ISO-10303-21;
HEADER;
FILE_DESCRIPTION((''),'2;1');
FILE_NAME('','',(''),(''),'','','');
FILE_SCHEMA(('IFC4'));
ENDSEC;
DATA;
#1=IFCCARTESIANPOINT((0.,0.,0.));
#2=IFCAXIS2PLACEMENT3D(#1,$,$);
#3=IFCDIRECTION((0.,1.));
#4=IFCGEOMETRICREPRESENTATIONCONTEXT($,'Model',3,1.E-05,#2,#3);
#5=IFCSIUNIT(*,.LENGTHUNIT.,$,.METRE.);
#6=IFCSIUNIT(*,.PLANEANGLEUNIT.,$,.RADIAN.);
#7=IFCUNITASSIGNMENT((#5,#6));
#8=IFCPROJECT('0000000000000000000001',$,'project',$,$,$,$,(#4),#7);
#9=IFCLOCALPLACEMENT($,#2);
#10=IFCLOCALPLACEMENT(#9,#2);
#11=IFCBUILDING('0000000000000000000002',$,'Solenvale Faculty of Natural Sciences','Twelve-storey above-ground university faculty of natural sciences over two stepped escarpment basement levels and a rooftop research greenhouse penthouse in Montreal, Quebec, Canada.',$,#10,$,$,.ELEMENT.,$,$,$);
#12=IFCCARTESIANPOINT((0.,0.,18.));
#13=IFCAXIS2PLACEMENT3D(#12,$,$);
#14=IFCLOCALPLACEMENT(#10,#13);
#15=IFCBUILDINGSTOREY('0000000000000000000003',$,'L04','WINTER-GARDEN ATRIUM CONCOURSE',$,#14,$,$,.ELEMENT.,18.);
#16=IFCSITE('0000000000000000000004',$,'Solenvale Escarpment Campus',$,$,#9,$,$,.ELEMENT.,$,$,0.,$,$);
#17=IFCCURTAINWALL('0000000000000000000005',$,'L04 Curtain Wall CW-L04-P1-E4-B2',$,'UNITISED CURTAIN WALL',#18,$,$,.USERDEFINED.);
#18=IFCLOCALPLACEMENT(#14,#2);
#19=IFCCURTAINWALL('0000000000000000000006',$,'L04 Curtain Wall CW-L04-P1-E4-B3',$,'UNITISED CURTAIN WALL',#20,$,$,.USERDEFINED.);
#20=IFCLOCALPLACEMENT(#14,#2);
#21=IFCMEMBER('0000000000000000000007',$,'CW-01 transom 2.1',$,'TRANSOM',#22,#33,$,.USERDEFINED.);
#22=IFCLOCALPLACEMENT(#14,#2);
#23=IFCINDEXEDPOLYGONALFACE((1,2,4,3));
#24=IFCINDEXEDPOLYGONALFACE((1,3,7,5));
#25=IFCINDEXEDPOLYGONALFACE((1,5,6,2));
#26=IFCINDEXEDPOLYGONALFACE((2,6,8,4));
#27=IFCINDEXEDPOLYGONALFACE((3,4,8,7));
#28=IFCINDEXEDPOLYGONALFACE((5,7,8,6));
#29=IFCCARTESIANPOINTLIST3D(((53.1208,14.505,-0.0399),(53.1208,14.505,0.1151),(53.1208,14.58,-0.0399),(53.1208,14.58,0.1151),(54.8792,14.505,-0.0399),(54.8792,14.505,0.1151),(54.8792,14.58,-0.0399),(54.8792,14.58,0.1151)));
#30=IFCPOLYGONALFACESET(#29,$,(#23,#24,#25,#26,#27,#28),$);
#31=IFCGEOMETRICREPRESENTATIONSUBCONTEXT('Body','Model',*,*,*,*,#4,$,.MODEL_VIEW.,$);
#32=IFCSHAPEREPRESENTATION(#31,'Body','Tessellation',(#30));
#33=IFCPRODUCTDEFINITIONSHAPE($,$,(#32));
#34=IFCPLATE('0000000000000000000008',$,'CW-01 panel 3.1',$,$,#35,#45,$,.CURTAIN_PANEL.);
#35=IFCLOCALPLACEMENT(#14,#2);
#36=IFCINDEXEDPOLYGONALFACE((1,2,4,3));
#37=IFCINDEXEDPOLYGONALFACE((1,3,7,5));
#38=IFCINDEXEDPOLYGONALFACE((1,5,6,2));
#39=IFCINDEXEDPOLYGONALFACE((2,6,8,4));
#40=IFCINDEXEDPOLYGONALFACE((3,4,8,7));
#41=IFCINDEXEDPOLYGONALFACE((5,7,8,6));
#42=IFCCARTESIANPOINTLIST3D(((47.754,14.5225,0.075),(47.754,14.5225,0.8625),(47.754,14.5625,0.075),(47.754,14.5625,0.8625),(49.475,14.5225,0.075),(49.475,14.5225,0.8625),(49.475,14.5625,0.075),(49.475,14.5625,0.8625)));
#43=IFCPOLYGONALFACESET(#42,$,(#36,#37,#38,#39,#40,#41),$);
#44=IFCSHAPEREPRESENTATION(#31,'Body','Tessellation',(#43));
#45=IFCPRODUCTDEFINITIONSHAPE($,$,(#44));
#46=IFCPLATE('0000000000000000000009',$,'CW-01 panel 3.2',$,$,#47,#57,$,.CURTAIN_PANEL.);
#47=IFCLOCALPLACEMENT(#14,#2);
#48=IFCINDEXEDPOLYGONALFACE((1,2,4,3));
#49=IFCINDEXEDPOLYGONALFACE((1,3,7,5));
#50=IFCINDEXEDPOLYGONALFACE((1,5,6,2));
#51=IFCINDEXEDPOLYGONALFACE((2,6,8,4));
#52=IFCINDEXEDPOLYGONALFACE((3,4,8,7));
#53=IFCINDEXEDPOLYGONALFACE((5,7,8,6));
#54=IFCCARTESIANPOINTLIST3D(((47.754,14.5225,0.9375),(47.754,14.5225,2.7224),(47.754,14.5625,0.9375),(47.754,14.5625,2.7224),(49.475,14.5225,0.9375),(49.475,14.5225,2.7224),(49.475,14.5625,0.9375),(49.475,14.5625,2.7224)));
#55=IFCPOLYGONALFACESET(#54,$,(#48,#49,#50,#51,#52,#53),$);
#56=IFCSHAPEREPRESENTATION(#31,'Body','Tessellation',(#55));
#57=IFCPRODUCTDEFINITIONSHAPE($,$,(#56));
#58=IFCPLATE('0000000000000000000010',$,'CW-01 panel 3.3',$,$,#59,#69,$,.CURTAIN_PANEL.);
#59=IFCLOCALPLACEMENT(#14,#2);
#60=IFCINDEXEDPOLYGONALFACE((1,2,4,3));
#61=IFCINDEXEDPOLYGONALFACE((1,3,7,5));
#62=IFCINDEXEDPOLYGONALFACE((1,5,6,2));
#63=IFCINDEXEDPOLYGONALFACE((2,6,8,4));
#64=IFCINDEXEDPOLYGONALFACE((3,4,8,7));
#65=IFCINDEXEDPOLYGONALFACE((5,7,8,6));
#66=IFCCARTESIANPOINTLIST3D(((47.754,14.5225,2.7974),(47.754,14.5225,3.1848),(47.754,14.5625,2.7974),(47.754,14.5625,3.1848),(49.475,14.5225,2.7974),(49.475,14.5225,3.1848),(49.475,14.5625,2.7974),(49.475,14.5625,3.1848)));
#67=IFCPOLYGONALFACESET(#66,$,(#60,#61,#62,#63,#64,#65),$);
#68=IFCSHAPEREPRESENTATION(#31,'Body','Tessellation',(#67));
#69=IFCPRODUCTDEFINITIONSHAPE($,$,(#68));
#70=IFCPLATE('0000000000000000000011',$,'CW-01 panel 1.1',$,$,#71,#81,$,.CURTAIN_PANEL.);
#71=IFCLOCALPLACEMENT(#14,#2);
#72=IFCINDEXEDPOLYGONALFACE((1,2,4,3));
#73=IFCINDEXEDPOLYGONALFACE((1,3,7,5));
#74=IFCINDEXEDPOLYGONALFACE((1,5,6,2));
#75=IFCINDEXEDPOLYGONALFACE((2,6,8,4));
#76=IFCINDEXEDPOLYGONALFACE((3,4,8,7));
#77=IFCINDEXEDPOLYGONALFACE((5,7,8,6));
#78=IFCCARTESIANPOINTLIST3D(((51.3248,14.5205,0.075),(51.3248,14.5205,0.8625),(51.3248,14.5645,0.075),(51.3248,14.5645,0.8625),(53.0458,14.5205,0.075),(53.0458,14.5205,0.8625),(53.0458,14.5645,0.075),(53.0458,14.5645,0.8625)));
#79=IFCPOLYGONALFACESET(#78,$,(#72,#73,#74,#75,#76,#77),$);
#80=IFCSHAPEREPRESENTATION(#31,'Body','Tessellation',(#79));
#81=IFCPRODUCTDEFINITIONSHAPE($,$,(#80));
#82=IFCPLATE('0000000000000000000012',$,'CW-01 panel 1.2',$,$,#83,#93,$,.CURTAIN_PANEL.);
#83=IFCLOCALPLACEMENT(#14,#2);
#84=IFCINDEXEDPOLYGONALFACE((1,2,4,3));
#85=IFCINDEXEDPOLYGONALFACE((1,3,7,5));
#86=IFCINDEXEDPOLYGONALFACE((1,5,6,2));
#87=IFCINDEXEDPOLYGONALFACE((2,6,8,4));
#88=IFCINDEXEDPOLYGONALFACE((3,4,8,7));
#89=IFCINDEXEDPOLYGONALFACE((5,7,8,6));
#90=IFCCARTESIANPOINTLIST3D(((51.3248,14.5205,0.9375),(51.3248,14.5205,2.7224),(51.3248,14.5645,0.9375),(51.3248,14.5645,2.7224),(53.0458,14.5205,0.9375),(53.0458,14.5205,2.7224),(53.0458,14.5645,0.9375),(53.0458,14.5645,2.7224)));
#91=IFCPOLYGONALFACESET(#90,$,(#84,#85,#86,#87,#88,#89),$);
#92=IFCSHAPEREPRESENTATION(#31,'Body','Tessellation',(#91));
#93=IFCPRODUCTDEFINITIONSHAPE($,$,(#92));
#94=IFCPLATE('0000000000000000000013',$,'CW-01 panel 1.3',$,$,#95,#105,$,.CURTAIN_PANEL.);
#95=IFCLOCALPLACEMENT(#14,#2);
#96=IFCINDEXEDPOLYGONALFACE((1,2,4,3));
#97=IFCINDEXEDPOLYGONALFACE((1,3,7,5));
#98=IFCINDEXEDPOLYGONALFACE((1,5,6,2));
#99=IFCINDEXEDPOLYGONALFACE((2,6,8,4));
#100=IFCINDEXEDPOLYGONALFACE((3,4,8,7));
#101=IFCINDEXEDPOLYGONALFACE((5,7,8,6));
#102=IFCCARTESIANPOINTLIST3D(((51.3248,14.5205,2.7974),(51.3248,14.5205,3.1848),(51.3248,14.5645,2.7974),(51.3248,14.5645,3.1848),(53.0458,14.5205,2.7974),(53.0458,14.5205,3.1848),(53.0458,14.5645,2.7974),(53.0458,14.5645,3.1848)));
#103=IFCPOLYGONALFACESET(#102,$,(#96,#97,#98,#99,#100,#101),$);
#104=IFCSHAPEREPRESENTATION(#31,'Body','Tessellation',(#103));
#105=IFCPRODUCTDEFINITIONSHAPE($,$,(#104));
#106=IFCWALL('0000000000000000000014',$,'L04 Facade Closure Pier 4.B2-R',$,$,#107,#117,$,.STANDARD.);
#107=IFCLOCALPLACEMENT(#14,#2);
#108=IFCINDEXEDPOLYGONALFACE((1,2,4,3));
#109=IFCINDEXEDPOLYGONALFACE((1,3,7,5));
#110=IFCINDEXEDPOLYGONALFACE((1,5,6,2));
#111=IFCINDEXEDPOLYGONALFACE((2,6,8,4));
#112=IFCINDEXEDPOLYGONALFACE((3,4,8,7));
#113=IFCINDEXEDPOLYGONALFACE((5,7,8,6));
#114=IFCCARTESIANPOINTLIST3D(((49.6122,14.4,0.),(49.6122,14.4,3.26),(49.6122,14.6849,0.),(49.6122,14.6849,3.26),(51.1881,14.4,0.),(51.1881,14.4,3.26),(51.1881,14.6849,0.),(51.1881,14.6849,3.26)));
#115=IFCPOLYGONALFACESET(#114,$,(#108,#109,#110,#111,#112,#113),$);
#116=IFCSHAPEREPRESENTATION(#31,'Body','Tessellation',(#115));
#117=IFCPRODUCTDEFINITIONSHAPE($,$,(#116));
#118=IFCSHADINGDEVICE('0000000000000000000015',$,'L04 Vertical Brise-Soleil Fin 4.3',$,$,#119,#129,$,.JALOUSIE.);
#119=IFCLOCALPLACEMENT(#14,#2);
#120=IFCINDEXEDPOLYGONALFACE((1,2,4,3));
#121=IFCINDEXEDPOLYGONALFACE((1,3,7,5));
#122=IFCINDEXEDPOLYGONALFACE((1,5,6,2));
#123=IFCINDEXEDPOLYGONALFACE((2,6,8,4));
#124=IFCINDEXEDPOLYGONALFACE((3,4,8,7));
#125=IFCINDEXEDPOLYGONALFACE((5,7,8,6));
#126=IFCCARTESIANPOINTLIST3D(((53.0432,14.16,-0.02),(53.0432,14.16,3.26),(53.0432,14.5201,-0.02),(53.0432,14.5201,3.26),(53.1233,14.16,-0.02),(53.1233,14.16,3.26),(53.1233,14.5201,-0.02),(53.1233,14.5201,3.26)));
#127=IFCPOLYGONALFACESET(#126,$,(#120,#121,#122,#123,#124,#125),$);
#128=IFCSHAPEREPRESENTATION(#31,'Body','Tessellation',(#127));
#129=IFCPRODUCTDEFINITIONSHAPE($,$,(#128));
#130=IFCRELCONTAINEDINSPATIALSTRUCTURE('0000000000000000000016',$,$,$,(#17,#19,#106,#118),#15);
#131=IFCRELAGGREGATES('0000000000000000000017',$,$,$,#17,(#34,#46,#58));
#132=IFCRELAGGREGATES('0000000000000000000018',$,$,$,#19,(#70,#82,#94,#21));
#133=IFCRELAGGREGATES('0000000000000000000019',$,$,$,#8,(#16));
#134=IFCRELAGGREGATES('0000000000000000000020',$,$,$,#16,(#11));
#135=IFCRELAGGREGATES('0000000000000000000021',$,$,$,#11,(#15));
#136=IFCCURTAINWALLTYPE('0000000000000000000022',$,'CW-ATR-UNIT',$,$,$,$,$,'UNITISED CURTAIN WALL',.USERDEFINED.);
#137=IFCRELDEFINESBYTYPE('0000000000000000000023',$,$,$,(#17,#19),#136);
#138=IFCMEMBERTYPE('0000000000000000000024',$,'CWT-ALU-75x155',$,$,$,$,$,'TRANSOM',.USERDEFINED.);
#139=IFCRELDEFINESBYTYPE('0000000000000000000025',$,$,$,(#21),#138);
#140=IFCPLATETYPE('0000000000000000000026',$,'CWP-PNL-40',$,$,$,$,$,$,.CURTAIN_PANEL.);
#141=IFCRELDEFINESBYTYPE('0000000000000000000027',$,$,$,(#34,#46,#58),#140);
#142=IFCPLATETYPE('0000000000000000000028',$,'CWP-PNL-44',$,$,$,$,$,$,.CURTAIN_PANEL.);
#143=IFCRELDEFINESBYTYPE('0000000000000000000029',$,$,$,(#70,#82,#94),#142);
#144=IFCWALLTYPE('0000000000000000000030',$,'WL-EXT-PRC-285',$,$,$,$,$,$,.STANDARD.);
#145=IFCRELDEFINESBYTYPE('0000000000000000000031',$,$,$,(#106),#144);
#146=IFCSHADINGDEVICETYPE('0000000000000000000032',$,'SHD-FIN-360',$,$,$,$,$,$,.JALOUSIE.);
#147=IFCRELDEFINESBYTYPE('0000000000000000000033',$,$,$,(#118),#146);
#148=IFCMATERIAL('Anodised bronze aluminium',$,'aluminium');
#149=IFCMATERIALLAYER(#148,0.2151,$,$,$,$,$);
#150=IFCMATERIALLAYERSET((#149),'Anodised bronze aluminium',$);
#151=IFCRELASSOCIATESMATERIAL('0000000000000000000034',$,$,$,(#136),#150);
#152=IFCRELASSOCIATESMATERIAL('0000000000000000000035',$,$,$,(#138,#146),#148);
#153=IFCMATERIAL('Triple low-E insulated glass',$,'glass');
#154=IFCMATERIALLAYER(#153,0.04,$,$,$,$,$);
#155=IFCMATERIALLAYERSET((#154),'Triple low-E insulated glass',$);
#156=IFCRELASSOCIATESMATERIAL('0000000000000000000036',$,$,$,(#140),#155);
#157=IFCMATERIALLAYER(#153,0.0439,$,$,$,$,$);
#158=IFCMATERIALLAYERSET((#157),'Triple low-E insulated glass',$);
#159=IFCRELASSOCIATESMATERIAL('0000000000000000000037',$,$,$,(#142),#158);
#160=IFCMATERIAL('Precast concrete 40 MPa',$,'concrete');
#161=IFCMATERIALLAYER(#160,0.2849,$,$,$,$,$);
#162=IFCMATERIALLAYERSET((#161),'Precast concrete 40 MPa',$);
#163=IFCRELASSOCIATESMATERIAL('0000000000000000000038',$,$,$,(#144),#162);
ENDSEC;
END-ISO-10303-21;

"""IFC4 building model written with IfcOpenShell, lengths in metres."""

from ifc_helpers import new_model, si_unit, direction, frame, frame_2d, origin, origin_2d, place, context, subcontext, project, spatial, rectangle, extrude, material, layer, layer_set, material_profile, profile_set, type_object, element, aggregate, save


model = new_model("IFC4")

# Units and contexts
model_context = context("Model", 3, precision=1e-05, world=origin(), true_north=direction((0.0, 1.0)))
body_context = subcontext(model_context, "Body", "Model", "MODEL_VIEW")
ifc_project = project(units=[si_unit("LENGTHUNIT", "METRE"), si_unit("PLANEANGLEUNIT", "RADIAN")], contexts=[model_context])

# Site, building, storey
site_placement = place(None, origin())
site = spatial("IfcSite", under=ifc_project, at=site_placement, Name="Solenvale Escarpment Campus", CompositionType="ELEMENT", RefElevation=0.0)
building_placement = place(site_placement, origin())
building = spatial("IfcBuilding", under=site, at=building_placement, Name="Solenvale Faculty of Natural Sciences", Description="Twelve-storey above-ground university faculty of natural sciences over two stepped escarpment basement levels and a rooftop research greenhouse penthouse in Montreal, Quebec, Canada.", CompositionType="ELEMENT")
storey_placement = place(building_placement, frame((0.0, 0.0, 18.0)))
storey = spatial("IfcBuildingStorey", under=building, at=storey_placement, Name="L04", Description="WINTER-GARDEN ATRIUM CONCOURSE", CompositionType="ELEMENT", Elevation=18.0)

# Curtain walls
ifc_material_1 = material(Name="Anodised bronze aluminium", Category="aluminium")
ifc_layer_1 = layer(ifc_material_1, 0.2151)
ifc_layer_set_1 = layer_set([ifc_layer_1], Name="Anodised bronze aluminium")
curtain_wall_type = type_object("IfcCurtainWallType", Name="CW-ATR-UNIT", ElementType="UNITISED CURTAIN WALL", PredefinedType="USERDEFINED", material=ifc_layer_set_1)
curtain_wall_1_placement = place(storey_placement, origin())
curtain_wall_1 = element("IfcCurtainWall", 1, at=curtain_wall_1_placement, inside=storey, type_object=curtain_wall_type, Name="L04 Curtain Wall CW-L04-P1-E4-B2", ObjectType="UNITISED CURTAIN WALL", PredefinedType="USERDEFINED")
curtain_wall_2_placement = place(storey_placement, origin())
curtain_wall_2 = element("IfcCurtainWall", 2, at=curtain_wall_2_placement, inside=storey, type_object=curtain_wall_type, Name="L04 Curtain Wall CW-L04-P1-E4-B3", ObjectType="UNITISED CURTAIN WALL", PredefinedType="USERDEFINED")

# Member
ifc_material_profile_1 = material_profile(ifc_material_1, rectangle(XDim=0.075, YDim=0.155, at=origin_2d()), Name="ALU-TRN-75x155")
ifc_profile_set_1 = profile_set([ifc_material_profile_1], Name="Anodised bronze aluminium")
member_type_1 = type_object("IfcMemberType", Name="CWT-ALU-75x155", ElementType="TRANSOM", PredefinedType="USERDEFINED", material=ifc_profile_set_1)
member_1_placement = place(storey_placement, frame((53.1208, 14.5425, 0.0376), z_axis=(1.0, 0.0, 0.0), x_axis=(0.0, 1.0, 0.0)))
member_1 = element("IfcMember", 3, at=member_1_placement, type_object=member_type_1, Name="CW-01 transom 2.1", ObjectType="TRANSOM", PredefinedType="USERDEFINED", context=body_context, shape_type="SweptSolid", body=[
    extrude(rectangle(XDim=0.075, YDim=0.155, at=origin_2d()), origin(), (0.0, 0.0, 1.0), 1.7583),
])

# Plates
ifc_material_2 = material(Name="Triple low-E insulated glass", Category="glass")
ifc_layer_2 = layer(ifc_material_2, 0.04)
ifc_layer_set_2 = layer_set([ifc_layer_2], Name="Triple low-E insulated glass")
plate_type_1 = type_object("IfcPlateType", Name="CWP-PNL-40", PredefinedType="CURTAIN_PANEL", material=ifc_layer_set_2)
plate_1_placement = place(storey_placement, frame((48.6145, 14.5425, 0.075), z_axis=(0.0, 0.0, 1.0), x_axis=(1.0, 0.0, 0.0)))
plate_1 = element("IfcPlate", 4, at=plate_1_placement, type_object=plate_type_1, Name="CW-01 panel 3.1", PredefinedType="CURTAIN_PANEL", context=body_context, shape_type="SweptSolid", body=[
    extrude(rectangle(XDim=1.7209, YDim=0.04, at=origin_2d()), origin(), (0.0, 0.0, 1.0), 0.7876),
])
plate_2_placement = place(storey_placement, frame((48.6145, 14.5425, 0.9375), z_axis=(0.0, 0.0, 1.0), x_axis=(1.0, 0.0, 0.0)))
plate_2 = element("IfcPlate", 5, at=plate_2_placement, type_object=plate_type_1, Name="CW-01 panel 3.2", PredefinedType="CURTAIN_PANEL", context=body_context, shape_type="SweptSolid", body=[
    extrude(rectangle(XDim=1.7209, YDim=0.04, at=origin_2d()), origin(), (0.0, 0.0, 1.0), 1.7849),
])
plate_3_placement = place(storey_placement, frame((48.6145, 14.5425, 2.7974), z_axis=(0.0, 0.0, 1.0), x_axis=(1.0, 0.0, 0.0)))
plate_3 = element("IfcPlate", 6, at=plate_3_placement, type_object=plate_type_1, Name="CW-01 panel 3.3", PredefinedType="CURTAIN_PANEL", context=body_context, shape_type="SweptSolid", body=[
    extrude(rectangle(XDim=1.7209, YDim=0.04, at=origin_2d()), origin(), (0.0, 0.0, 1.0), 0.3875),
])
aggregate(curtain_wall_1, [plate_1, plate_2, plate_3])
ifc_layer_3 = layer(ifc_material_2, 0.0439)
ifc_layer_set_3 = layer_set([ifc_layer_3], Name="Triple low-E insulated glass")
plate_type_2 = type_object("IfcPlateType", Name="CWP-PNL-44", PredefinedType="CURTAIN_PANEL", material=ifc_layer_set_3)
plate_4_placement = place(storey_placement, frame((52.1853, 14.5425, 0.075), z_axis=(0.0, 0.0, 1.0), x_axis=(1.0, 0.0, 0.0)))
plate_4 = element("IfcPlate", 7, at=plate_4_placement, type_object=plate_type_2, Name="CW-01 panel 1.1", PredefinedType="CURTAIN_PANEL", context=body_context, shape_type="SweptSolid", body=[
    extrude(rectangle(XDim=1.7209, YDim=0.0439, at=origin_2d()), origin(), (0.0, 0.0, 1.0), 0.7876),
])
plate_5_placement = place(storey_placement, frame((52.1853, 14.5425, 0.9375), z_axis=(0.0, 0.0, 1.0), x_axis=(1.0, 0.0, 0.0)))
plate_5 = element("IfcPlate", 8, at=plate_5_placement, type_object=plate_type_2, Name="CW-01 panel 1.2", PredefinedType="CURTAIN_PANEL", context=body_context, shape_type="SweptSolid", body=[
    extrude(rectangle(XDim=1.7209, YDim=0.0439, at=origin_2d()), origin(), (0.0, 0.0, 1.0), 1.7849),
])
plate_6_placement = place(storey_placement, frame((52.1853, 14.5425, 2.7974), z_axis=(0.0, 0.0, 1.0), x_axis=(1.0, 0.0, 0.0)))
plate_6 = element("IfcPlate", 9, at=plate_6_placement, type_object=plate_type_2, Name="CW-01 panel 1.3", PredefinedType="CURTAIN_PANEL", context=body_context, shape_type="SweptSolid", body=[
    extrude(rectangle(XDim=1.7209, YDim=0.0439, at=origin_2d()), origin(), (0.0, 0.0, 1.0), 0.3875),
])
aggregate(curtain_wall_2, [plate_4, plate_5, plate_6, member_1])

# Wall
ifc_material_3 = material(Name="Precast concrete 40 MPa", Category="concrete")
ifc_layer_4 = layer(ifc_material_3, 0.2849)
ifc_layer_set_4 = layer_set([ifc_layer_4], Name="Precast concrete 40 MPa")
wall_type = type_object("IfcWallType", Name="WL-EXT-PRC-285", PredefinedType="STANDARD", material=ifc_layer_set_4)
wall_placement = place(storey_placement, frame((49.6121, 14.5425, 0.0), z_axis=(0.0, 0.0, 1.0), x_axis=(1.0, 0.0, 0.0)))
element("IfcWall", 10, at=wall_placement, inside=storey, type_object=wall_type, Name="L04 Facade Closure Pier 4.B2-R", PredefinedType="STANDARD", context=body_context, shape_type="SweptSolid", body=[
    extrude(rectangle(XDim=1.5759, YDim=0.2849, at=frame_2d((0.7881, 0.0))), origin(), (0.0, 0.0, 1.0), 3.26),
])

# Shading device
ifc_material_profile_2 = material_profile(ifc_material_1, rectangle(XDim=0.0801, YDim=0.3601, at=origin_2d()), Name="ALU-FIN-80x360")
ifc_profile_set_2 = profile_set([ifc_material_profile_2], Name="Anodised bronze aluminium")
shading_device_type = type_object("IfcShadingDeviceType", Name="SHD-FIN-360", PredefinedType="JALOUSIE", material=ifc_profile_set_2)
shading_device_placement = place(storey_placement, frame((53.0833, 14.3401, -0.02), z_axis=(0.0, 0.0, 1.0), x_axis=(1.0, 0.0, 0.0)))
element("IfcShadingDevice", 11, at=shading_device_placement, inside=storey, type_object=shading_device_type, Name="L04 Vertical Brise-Soleil Fin 4.3", PredefinedType="JALOUSIE", context=body_context, shape_type="SweptSolid", body=[
    extrude(rectangle(XDim=0.0801, YDim=0.3601, at=origin_2d()), origin(), (0.0, 0.0, 1.0), 3.28),
])

save(model, "model.ifc")
